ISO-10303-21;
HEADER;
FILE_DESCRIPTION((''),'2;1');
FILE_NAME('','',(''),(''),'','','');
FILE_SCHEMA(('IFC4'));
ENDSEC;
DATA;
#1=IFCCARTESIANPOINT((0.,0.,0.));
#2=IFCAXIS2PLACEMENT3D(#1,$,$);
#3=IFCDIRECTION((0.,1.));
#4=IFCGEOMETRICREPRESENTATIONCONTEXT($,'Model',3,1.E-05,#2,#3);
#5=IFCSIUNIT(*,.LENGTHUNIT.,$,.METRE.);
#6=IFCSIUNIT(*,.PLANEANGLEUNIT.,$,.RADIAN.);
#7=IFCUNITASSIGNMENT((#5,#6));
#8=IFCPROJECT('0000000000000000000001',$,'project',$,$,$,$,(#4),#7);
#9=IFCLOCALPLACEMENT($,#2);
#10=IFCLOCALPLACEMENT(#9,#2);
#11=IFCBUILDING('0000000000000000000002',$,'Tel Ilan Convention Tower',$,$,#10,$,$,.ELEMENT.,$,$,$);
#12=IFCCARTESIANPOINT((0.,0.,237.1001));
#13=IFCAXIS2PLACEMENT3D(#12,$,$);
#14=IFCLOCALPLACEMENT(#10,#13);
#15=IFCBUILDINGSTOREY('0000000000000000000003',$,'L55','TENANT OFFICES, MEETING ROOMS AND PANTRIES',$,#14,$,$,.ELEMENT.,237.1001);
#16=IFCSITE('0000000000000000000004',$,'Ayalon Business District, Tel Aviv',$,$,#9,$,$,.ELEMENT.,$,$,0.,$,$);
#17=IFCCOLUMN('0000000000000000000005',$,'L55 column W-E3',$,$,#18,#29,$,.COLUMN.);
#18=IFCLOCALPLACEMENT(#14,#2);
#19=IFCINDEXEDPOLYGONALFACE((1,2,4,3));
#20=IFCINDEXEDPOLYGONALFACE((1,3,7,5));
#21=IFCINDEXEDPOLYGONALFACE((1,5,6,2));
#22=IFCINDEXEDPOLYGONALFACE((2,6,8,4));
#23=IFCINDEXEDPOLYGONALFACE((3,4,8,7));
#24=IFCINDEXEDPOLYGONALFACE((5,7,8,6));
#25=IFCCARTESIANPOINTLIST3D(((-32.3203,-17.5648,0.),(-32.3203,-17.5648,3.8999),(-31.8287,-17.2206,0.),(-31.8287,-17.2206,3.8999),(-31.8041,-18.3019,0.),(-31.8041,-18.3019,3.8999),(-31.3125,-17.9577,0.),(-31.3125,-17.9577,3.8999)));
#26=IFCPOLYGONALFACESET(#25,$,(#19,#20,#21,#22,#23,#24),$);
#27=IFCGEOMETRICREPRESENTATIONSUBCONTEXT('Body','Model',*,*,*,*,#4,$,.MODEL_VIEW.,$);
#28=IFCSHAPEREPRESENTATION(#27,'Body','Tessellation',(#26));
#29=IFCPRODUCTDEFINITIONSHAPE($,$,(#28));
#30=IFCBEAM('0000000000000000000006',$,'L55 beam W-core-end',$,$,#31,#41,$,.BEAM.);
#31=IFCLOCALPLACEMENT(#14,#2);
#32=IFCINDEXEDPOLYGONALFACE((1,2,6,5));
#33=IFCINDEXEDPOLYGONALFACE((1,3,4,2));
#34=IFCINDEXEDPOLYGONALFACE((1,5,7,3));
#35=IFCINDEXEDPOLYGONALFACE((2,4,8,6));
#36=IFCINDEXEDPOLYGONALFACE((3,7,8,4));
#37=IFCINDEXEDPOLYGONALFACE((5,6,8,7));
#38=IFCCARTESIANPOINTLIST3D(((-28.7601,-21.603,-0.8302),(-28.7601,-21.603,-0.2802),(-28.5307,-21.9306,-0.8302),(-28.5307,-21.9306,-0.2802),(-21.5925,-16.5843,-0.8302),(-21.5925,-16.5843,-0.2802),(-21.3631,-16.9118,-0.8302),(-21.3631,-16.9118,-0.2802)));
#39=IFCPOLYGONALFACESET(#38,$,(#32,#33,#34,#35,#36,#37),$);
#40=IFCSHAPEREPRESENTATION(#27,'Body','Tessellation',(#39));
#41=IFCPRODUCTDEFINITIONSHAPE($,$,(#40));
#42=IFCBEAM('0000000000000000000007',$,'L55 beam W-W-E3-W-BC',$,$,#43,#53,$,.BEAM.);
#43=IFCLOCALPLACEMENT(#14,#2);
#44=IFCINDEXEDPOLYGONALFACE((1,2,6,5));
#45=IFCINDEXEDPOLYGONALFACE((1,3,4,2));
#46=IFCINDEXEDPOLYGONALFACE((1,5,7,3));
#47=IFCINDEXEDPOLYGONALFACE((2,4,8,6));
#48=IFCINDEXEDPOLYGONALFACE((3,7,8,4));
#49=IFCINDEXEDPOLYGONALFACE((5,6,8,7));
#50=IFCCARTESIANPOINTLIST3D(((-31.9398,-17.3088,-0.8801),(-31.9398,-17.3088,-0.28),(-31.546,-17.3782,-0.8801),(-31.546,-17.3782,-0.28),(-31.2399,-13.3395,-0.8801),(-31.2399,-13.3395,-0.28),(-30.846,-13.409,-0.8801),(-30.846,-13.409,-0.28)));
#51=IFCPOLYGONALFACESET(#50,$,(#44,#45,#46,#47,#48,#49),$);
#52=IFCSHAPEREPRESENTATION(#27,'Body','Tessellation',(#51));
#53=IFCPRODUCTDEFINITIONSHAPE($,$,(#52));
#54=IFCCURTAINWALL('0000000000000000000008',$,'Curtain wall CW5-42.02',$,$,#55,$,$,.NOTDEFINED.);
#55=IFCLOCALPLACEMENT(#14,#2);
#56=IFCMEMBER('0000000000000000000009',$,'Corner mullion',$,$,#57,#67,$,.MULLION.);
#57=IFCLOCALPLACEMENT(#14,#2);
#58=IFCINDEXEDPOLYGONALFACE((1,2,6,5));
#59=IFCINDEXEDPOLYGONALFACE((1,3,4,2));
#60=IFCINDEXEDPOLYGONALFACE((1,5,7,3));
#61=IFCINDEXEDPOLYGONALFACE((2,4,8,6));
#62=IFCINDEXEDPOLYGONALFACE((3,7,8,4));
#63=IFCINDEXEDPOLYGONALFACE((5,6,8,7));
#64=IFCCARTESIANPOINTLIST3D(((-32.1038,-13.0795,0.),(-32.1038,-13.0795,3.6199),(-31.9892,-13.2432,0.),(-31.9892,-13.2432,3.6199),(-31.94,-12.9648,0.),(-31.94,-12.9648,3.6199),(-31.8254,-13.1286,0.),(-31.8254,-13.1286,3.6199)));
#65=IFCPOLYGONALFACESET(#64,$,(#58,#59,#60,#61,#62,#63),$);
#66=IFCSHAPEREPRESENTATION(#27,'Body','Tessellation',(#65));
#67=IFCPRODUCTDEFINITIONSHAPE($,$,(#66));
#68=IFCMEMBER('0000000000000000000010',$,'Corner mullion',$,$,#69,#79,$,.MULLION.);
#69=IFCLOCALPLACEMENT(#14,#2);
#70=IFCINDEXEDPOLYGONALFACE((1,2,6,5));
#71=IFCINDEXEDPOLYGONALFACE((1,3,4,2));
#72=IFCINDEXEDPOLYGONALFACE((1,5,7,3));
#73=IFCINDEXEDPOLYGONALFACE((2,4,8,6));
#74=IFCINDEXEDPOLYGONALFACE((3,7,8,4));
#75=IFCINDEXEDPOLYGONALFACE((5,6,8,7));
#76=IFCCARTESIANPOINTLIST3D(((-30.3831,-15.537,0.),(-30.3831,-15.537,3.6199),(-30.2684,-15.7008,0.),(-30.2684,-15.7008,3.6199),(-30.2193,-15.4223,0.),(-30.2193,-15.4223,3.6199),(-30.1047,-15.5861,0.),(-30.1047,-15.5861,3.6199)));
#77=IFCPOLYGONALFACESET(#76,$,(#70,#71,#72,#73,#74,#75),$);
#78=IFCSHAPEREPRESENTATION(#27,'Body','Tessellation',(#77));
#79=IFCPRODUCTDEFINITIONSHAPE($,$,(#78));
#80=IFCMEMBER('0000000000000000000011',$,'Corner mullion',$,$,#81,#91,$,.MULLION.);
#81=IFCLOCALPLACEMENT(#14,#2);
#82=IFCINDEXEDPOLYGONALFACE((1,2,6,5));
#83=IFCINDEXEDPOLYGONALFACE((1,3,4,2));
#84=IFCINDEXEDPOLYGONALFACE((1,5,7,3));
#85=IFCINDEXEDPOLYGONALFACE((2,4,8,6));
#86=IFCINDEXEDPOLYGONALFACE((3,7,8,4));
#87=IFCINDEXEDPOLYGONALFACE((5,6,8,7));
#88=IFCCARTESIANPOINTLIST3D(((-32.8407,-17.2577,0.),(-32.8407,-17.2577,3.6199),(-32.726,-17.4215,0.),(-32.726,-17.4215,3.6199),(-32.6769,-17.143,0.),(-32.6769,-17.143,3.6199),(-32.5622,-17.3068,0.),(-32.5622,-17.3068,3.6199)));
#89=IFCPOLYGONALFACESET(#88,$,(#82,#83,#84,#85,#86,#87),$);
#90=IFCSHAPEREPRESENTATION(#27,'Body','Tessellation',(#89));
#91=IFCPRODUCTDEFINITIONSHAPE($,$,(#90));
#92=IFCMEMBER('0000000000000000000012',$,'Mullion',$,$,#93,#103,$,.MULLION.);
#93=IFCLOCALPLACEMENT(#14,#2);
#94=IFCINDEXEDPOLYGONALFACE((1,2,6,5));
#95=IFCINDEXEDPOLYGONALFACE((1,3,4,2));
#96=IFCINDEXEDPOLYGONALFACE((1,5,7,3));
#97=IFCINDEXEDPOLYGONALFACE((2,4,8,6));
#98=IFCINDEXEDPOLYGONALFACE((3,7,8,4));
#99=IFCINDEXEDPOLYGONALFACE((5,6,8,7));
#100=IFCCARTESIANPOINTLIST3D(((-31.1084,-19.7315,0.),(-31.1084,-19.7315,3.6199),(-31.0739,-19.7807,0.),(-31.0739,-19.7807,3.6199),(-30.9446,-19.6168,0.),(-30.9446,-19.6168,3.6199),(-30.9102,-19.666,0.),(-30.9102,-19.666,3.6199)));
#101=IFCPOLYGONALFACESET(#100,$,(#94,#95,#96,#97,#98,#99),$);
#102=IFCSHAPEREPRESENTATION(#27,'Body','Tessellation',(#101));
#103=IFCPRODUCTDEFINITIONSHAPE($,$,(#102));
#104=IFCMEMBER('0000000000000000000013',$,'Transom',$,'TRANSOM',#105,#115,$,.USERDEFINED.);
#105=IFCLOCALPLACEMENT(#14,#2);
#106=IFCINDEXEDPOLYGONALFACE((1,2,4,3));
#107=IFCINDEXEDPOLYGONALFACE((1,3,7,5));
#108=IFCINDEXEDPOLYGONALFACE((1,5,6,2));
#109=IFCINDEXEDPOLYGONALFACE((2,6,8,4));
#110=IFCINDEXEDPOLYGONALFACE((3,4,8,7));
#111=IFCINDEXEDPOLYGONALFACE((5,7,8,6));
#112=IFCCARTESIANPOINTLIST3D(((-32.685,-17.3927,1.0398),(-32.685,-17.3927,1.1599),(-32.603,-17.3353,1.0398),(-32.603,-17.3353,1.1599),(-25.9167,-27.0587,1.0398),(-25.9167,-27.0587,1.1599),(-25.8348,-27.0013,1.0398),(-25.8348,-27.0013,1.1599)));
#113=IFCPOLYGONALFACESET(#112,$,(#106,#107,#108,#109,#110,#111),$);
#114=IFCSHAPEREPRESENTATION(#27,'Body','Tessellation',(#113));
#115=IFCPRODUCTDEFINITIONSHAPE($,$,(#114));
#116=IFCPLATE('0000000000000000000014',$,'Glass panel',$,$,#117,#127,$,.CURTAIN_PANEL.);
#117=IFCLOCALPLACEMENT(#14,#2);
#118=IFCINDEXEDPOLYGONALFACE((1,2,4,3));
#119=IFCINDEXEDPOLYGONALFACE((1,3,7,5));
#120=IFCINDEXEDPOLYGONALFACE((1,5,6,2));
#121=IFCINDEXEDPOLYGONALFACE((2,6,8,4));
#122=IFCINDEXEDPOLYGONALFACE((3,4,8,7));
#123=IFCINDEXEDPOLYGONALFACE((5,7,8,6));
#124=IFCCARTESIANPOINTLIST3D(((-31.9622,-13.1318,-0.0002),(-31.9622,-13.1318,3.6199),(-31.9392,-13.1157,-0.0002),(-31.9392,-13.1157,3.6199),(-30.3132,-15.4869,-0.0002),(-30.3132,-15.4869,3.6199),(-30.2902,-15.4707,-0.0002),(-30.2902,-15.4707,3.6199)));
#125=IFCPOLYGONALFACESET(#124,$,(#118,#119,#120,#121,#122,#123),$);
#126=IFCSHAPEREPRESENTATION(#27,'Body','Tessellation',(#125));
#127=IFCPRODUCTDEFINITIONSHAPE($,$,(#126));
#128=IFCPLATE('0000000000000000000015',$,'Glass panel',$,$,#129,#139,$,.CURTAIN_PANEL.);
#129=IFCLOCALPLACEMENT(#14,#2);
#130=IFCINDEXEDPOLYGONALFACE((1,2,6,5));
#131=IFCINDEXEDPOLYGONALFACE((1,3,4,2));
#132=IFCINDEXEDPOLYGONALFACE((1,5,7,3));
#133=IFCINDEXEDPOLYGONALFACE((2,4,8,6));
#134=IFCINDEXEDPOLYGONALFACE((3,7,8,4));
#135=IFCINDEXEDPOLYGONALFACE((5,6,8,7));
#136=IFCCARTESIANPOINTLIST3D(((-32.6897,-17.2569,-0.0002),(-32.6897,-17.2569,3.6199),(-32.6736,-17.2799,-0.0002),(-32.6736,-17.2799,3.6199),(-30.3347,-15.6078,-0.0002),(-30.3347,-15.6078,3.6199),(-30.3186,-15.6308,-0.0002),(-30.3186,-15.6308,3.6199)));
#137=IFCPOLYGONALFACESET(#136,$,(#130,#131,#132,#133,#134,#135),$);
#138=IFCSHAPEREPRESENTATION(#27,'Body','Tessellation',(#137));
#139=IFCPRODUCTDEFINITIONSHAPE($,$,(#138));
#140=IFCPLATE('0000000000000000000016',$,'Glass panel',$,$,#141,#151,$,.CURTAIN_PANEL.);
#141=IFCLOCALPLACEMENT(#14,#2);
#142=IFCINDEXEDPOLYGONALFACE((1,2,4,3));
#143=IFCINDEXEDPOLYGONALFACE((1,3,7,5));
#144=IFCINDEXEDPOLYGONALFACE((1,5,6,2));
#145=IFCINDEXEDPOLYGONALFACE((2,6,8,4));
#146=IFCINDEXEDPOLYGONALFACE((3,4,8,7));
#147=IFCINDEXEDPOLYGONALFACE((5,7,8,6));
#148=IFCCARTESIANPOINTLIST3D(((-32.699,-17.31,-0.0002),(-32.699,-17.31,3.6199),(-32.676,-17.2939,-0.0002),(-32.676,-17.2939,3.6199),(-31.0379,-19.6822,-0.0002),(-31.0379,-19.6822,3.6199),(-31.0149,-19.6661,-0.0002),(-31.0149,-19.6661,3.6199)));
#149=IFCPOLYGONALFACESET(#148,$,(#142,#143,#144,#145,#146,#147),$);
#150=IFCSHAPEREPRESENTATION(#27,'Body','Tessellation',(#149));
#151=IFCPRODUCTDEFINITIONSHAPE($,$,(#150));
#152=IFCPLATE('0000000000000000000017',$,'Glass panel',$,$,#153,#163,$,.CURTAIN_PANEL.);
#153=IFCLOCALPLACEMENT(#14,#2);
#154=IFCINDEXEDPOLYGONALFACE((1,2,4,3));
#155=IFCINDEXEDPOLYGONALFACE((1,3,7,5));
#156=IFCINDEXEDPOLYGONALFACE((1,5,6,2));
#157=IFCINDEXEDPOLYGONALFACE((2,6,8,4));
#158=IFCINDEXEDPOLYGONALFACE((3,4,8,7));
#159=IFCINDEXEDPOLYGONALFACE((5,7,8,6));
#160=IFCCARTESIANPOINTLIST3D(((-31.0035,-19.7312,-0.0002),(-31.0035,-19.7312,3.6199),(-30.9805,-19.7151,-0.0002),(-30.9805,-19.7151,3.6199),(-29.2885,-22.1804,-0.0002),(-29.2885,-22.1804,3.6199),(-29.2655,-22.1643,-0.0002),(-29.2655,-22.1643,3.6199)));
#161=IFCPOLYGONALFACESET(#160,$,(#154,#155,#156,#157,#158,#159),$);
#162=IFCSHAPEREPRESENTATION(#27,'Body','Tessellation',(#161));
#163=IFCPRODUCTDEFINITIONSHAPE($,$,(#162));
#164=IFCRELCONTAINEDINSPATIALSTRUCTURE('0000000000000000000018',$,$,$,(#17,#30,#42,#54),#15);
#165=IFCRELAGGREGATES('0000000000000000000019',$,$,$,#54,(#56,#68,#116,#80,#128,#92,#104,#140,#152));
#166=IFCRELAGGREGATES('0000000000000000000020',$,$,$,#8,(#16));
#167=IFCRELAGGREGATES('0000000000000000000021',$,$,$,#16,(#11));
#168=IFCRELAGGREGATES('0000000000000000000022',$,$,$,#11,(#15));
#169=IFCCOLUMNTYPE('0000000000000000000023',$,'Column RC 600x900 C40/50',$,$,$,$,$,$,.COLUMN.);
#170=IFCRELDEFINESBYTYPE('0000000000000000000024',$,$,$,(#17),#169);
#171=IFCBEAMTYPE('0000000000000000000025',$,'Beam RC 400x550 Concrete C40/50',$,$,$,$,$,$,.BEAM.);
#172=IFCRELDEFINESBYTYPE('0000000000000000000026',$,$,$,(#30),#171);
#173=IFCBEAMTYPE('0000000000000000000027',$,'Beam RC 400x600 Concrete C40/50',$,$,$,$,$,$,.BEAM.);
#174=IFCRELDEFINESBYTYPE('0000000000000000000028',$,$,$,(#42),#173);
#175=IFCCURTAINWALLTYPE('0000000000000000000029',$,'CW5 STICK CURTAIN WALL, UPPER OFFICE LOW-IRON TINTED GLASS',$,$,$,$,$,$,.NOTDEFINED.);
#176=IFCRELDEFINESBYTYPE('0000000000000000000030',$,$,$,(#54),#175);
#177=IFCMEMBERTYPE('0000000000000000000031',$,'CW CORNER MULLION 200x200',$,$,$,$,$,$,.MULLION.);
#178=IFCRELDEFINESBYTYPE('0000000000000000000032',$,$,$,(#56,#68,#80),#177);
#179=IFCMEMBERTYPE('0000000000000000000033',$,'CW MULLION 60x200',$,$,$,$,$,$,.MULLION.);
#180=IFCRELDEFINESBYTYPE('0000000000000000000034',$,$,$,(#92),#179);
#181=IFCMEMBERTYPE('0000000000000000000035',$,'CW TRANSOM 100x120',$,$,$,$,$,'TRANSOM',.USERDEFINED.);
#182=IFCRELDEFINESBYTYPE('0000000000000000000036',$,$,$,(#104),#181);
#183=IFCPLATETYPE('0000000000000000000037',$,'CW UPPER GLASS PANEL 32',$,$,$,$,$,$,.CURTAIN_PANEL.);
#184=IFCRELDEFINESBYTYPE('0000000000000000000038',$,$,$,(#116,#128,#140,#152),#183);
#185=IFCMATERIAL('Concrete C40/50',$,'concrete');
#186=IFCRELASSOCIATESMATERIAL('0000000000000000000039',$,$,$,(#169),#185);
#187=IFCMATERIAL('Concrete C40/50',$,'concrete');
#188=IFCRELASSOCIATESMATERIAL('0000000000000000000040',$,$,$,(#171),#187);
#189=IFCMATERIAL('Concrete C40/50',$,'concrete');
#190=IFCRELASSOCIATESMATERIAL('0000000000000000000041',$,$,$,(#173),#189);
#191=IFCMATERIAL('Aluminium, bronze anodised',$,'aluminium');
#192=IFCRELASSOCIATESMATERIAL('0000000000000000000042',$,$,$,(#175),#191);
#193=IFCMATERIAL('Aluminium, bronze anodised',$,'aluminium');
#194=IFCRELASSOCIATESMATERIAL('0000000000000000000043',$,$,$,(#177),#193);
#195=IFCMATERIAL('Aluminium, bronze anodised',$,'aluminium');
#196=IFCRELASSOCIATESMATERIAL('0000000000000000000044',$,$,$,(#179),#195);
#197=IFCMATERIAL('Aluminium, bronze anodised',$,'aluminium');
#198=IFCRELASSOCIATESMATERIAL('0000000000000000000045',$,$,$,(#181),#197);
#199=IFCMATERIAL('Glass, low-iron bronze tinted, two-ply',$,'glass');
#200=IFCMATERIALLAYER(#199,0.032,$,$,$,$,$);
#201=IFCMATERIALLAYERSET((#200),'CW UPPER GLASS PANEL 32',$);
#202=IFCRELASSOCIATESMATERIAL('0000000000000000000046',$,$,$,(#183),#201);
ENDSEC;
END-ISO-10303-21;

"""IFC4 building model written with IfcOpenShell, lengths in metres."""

from ifc_helpers import new_model, si_unit, direction, frame, origin, origin_2d, place, context, subcontext, project, spatial, rectangle, extrude, material, layer, layer_set, material_profile, profile_set, type_object, element, aggregate, save


model = new_model("IFC4")

# Units and contexts
model_context = context("Model", 3, precision=1e-05, world=origin(), true_north=direction((0.0, 1.0)))
body_context = subcontext(model_context, "Body", "Model", "MODEL_VIEW")
ifc_project = project(units=[si_unit("LENGTHUNIT", "METRE"), si_unit("PLANEANGLEUNIT", "RADIAN")], contexts=[model_context])

# Site, building, storey
site_placement = place(None, origin())
site = spatial("IfcSite", under=ifc_project, at=site_placement, Name="Ayalon Business District, Tel Aviv", CompositionType="ELEMENT", RefElevation=0.0)
building_placement = place(site_placement, origin())
building = spatial("IfcBuilding", under=site, at=building_placement, Name="Tel Ilan Convention Tower", CompositionType="ELEMENT")
storey_placement = place(building_placement, frame((0.0, 0.0, 237.1001)))
storey = spatial("IfcBuildingStorey", under=building, at=storey_placement, Name="L55", Description="TENANT OFFICES, MEETING ROOMS AND PANTRIES", CompositionType="ELEMENT", Elevation=237.1001)

# Column
ifc_material_1 = material(Name="Concrete C40/50", Category="concrete")
ifc_material_profile_1 = material_profile(ifc_material_1, rectangle(XDim=0.8999, YDim=0.6001, at=origin_2d()), Name="RC 600x900")
ifc_profile_set_1 = profile_set([ifc_material_profile_1], Name="Concrete C40/50")
column_type = type_object("IfcColumnType", Name="Column RC 600x900 C40/50", PredefinedType="COLUMN", material=ifc_profile_set_1)
column_placement = place(storey_placement, frame((-31.8164, -17.7612, 0.0), z_axis=(0.0, 0.0, 1.0), x_axis=(-0.573576, 0.819152, 0.0)))
element("IfcColumn", 1, at=column_placement, inside=storey, type_object=column_type, Name="L55 column W-E3", PredefinedType="COLUMN", context=body_context, shape_type="SweptSolid", body=[
    extrude(rectangle(XDim=0.8999, YDim=0.6001, at=origin_2d()), origin(), (0.0, 0.0, 1.0), 3.8999),
])

# Beams
ifc_material_2 = material(Name="Concrete C40/50", Category="concrete")
ifc_material_profile_2 = material_profile(ifc_material_2, rectangle(XDim=0.3999, YDim=0.55, at=origin_2d()), Name="RC 400x550")
ifc_profile_set_2 = profile_set([ifc_material_profile_2], Name="Concrete C40/50")
beam_type_1 = type_object("IfcBeamType", Name="Beam RC 400x550 Concrete C40/50", PredefinedType="BEAM", material=ifc_profile_set_2)
beam_1_placement = place(storey_placement, frame((-21.4778, -16.748, -0.5552), z_axis=(-0.819157, -0.573569, 0.0), x_axis=(0.573569, -0.819157, 0.0)))
element("IfcBeam", 2, at=beam_1_placement, inside=storey, type_object=beam_type_1, Name="L55 beam W-core-end", PredefinedType="BEAM", context=body_context, shape_type="SweptSolid", body=[
    extrude(rectangle(XDim=0.3999, YDim=0.55, at=origin_2d()), origin(), (0.0, 0.0, 1.0), 8.75),
])
ifc_material_3 = material(Name="Concrete C40/50", Category="concrete")
ifc_material_profile_3 = material_profile(ifc_material_3, rectangle(XDim=0.3999, YDim=0.6001, at=origin_2d()), Name="RC 400x600")
ifc_profile_set_3 = profile_set([ifc_material_profile_3], Name="Concrete C40/50")
beam_type_2 = type_object("IfcBeamType", Name="Beam RC 400x600 Concrete C40/50", PredefinedType="BEAM", material=ifc_profile_set_3)
beam_2_placement = place(storey_placement, frame((-31.7429, -17.3435, -0.5801), z_axis=(0.173664, 0.984805, 0.0), x_axis=(-0.984805, 0.173664, 0.0)))
element("IfcBeam", 3, at=beam_2_placement, inside=storey, type_object=beam_type_2, Name="L55 beam W-W-E3-W-BC", PredefinedType="BEAM", context=body_context, shape_type="SweptSolid", body=[
    extrude(rectangle(XDim=0.3999, YDim=0.6001, at=origin_2d()), origin(), (0.0, 0.0, 1.0), 4.0305),
])

# Curtain wall, members, plates
ifc_material_4 = material(Name="Aluminium, bronze anodised", Category="aluminium")
curtain_wall_type = type_object("IfcCurtainWallType", Name="CW5 STICK CURTAIN WALL, UPPER OFFICE LOW-IRON TINTED GLASS", PredefinedType="NOTDEFINED", material=ifc_material_4)
curtain_wall_placement = place(storey_placement, origin())
curtain_wall = element("IfcCurtainWall", 4, at=curtain_wall_placement, inside=storey, type_object=curtain_wall_type, Name="Curtain wall CW5-42.02", PredefinedType="NOTDEFINED")
ifc_material_5 = material(Name="Aluminium, bronze anodised", Category="aluminium")
ifc_material_profile_4 = material_profile(ifc_material_5, rectangle(XDim=0.2, YDim=0.2, at=origin_2d()), Name="CW CORNER MULLION 200x200")
ifc_profile_set_4 = profile_set([ifc_material_profile_4], Name="Aluminium, bronze anodised")
member_type_1 = type_object("IfcMemberType", Name="CW CORNER MULLION 200x200", PredefinedType="MULLION", material=ifc_profile_set_4)
member_1_placement = place(storey_placement, frame((-31.9646, -13.104, 0.0), z_axis=(0.0, 0.0, 1.0), x_axis=(-0.819152, -0.573576, 0.0)))
member_1 = element("IfcMember", 5, at=member_1_placement, type_object=member_type_1, Name="Corner mullion", PredefinedType="MULLION", context=body_context, shape_type="SweptSolid", body=[
    extrude(rectangle(XDim=0.2, YDim=0.2, at=origin_2d()), origin(), (0.0, 0.0, 1.0), 3.6199),
])
member_2_placement = place(storey_placement, frame((-30.2439, -15.5615, 0.0), z_axis=(0.0, 0.0, 1.0), x_axis=(0.573576, -0.819152, 0.0)))
member_2 = element("IfcMember", 6, at=member_2_placement, type_object=member_type_1, Name="Corner mullion", PredefinedType="MULLION", context=body_context, shape_type="SweptSolid", body=[
    extrude(rectangle(XDim=0.2, YDim=0.2, at=origin_2d()), origin(), (0.0, 0.0, 1.0), 3.6199),
])
member_3_placement = place(storey_placement, frame((-32.7014, -17.2822, 0.0), z_axis=(0.0, 0.0, 1.0), x_axis=(-0.819152, -0.573576, 0.0)))
member_3 = element("IfcMember", 7, at=member_3_placement, type_object=member_type_1, Name="Corner mullion", PredefinedType="MULLION", context=body_context, shape_type="SweptSolid", body=[
    extrude(rectangle(XDim=0.2, YDim=0.2, at=origin_2d()), origin(), (0.0, 0.0, 1.0), 3.6199),
])
ifc_material_6 = material(Name="Aluminium, bronze anodised", Category="aluminium")
ifc_material_profile_5 = material_profile(ifc_material_6, rectangle(XDim=0.0601, YDim=0.2, at=origin_2d()), Name="CW MULLION 60x200")
ifc_profile_set_5 = profile_set([ifc_material_profile_5], Name="Aluminium, bronze anodised")
member_type_2 = type_object("IfcMemberType", Name="CW MULLION 60x200", PredefinedType="MULLION", material=ifc_profile_set_5)
member_4_placement = place(storey_placement, frame((-31.0093, -19.6987, 0.0), z_axis=(0.0, 0.0, 1.0), x_axis=(0.573576, -0.819152, 0.0)))
member_4 = element("IfcMember", 8, at=member_4_placement, type_object=member_type_2, Name="Mullion", PredefinedType="MULLION", context=body_context, shape_type="SweptSolid", body=[
    extrude(rectangle(XDim=0.0601, YDim=0.2, at=origin_2d()), origin(), (0.0, 0.0, 1.0), 3.6199),
])
ifc_material_7 = material(Name="Aluminium, bronze anodised", Category="aluminium")
ifc_material_profile_6 = material_profile(ifc_material_7, rectangle(XDim=0.1001, YDim=0.1201, at=origin_2d()), Name="CW TRANSOM 100x120")
ifc_profile_set_6 = profile_set([ifc_material_profile_6], Name="Aluminium, bronze anodised")
member_type_3 = type_object("IfcMemberType", Name="CW TRANSOM 100x120", ElementType="TRANSOM", PredefinedType="USERDEFINED", material=ifc_profile_set_6)
member_5_placement = place(storey_placement, frame((-32.644, -17.364, 1.0999), z_axis=(0.573582, -0.819148, 0.0), x_axis=(0.819148, 0.573582, 0.0)))
member_5 = element("IfcMember", 9, at=member_5_placement, type_object=member_type_3, Name="Transom", ObjectType="TRANSOM", PredefinedType="USERDEFINED", context=body_context, shape_type="SweptSolid", body=[
    extrude(rectangle(XDim=0.1001, YDim=0.1201, at=origin_2d()), origin(), (0.0, 0.0, 1.0), 11.8),
])
ifc_material_8 = material(Name="Glass, low-iron bronze tinted, two-ply", Category="glass")
ifc_layer_1 = layer(ifc_material_8, 0.032)
ifc_layer_set_1 = layer_set([ifc_layer_1], Name="CW UPPER GLASS PANEL 32")
plate_type = type_object("IfcPlateType", Name="CW UPPER GLASS PANEL 32", PredefinedType="CURTAIN_PANEL", material=ifc_layer_set_1)
plate_1_placement = place(storey_placement, frame((-31.1262, -14.3013, -0.0002), z_axis=(0.0, 0.0, 1.0), x_axis=(0.573576, -0.819152, 0.0)))
plate_1 = element("IfcPlate", 10, at=plate_1_placement, type_object=plate_type, Name="Glass panel", PredefinedType="CURTAIN_PANEL", context=body_context, shape_type="SweptSolid", body=[
    extrude(rectangle(XDim=2.875, YDim=0.0281, at=origin_2d()), origin(), (0.0, 0.0, 1.0), 3.6201),
])
plate_2_placement = place(storey_placement, frame((-31.5042, -16.4438, -0.0002), z_axis=(0.0, 0.0, 1.0), x_axis=(-0.819152, -0.573576, 0.0)))
plate_2 = element("IfcPlate", 11, at=plate_2_placement, type_object=plate_type, Name="Glass panel", PredefinedType="CURTAIN_PANEL", context=body_context, shape_type="SweptSolid", body=[
    extrude(rectangle(XDim=2.875, YDim=0.0281, at=origin_2d()), origin(), (0.0, 0.0, 1.0), 3.6201),
])
plate_3_placement = place(storey_placement, frame((-31.8569, -18.488, -0.0002), z_axis=(0.0, 0.0, 1.0), x_axis=(0.573576, -0.819152, 0.0)))
plate_3 = element("IfcPlate", 12, at=plate_3_placement, type_object=plate_type, Name="Glass panel", PredefinedType="CURTAIN_PANEL", context=body_context, shape_type="SweptSolid", body=[
    extrude(rectangle(XDim=2.896, YDim=0.0281, at=origin_2d()), origin(), (0.0, 0.0, 1.0), 3.6201),
])
plate_4_placement = place(storey_placement, frame((-30.1345, -20.9478, -0.0002), z_axis=(0.0, 0.0, 1.0), x_axis=(0.573576, -0.819152, 0.0)))
plate_4 = element("IfcPlate", 13, at=plate_4_placement, type_object=plate_type, Name="Glass panel", PredefinedType="CURTAIN_PANEL", context=body_context, shape_type="SweptSolid", body=[
    extrude(rectangle(XDim=2.99, YDim=0.0281, at=origin_2d()), origin(), (0.0, 0.0, 1.0), 3.6201),
])
aggregate(curtain_wall, [member_1, member_2, plate_1, member_3, plate_2, member_4, member_5, plate_3, plate_4])

save(model, "model.ifc")
